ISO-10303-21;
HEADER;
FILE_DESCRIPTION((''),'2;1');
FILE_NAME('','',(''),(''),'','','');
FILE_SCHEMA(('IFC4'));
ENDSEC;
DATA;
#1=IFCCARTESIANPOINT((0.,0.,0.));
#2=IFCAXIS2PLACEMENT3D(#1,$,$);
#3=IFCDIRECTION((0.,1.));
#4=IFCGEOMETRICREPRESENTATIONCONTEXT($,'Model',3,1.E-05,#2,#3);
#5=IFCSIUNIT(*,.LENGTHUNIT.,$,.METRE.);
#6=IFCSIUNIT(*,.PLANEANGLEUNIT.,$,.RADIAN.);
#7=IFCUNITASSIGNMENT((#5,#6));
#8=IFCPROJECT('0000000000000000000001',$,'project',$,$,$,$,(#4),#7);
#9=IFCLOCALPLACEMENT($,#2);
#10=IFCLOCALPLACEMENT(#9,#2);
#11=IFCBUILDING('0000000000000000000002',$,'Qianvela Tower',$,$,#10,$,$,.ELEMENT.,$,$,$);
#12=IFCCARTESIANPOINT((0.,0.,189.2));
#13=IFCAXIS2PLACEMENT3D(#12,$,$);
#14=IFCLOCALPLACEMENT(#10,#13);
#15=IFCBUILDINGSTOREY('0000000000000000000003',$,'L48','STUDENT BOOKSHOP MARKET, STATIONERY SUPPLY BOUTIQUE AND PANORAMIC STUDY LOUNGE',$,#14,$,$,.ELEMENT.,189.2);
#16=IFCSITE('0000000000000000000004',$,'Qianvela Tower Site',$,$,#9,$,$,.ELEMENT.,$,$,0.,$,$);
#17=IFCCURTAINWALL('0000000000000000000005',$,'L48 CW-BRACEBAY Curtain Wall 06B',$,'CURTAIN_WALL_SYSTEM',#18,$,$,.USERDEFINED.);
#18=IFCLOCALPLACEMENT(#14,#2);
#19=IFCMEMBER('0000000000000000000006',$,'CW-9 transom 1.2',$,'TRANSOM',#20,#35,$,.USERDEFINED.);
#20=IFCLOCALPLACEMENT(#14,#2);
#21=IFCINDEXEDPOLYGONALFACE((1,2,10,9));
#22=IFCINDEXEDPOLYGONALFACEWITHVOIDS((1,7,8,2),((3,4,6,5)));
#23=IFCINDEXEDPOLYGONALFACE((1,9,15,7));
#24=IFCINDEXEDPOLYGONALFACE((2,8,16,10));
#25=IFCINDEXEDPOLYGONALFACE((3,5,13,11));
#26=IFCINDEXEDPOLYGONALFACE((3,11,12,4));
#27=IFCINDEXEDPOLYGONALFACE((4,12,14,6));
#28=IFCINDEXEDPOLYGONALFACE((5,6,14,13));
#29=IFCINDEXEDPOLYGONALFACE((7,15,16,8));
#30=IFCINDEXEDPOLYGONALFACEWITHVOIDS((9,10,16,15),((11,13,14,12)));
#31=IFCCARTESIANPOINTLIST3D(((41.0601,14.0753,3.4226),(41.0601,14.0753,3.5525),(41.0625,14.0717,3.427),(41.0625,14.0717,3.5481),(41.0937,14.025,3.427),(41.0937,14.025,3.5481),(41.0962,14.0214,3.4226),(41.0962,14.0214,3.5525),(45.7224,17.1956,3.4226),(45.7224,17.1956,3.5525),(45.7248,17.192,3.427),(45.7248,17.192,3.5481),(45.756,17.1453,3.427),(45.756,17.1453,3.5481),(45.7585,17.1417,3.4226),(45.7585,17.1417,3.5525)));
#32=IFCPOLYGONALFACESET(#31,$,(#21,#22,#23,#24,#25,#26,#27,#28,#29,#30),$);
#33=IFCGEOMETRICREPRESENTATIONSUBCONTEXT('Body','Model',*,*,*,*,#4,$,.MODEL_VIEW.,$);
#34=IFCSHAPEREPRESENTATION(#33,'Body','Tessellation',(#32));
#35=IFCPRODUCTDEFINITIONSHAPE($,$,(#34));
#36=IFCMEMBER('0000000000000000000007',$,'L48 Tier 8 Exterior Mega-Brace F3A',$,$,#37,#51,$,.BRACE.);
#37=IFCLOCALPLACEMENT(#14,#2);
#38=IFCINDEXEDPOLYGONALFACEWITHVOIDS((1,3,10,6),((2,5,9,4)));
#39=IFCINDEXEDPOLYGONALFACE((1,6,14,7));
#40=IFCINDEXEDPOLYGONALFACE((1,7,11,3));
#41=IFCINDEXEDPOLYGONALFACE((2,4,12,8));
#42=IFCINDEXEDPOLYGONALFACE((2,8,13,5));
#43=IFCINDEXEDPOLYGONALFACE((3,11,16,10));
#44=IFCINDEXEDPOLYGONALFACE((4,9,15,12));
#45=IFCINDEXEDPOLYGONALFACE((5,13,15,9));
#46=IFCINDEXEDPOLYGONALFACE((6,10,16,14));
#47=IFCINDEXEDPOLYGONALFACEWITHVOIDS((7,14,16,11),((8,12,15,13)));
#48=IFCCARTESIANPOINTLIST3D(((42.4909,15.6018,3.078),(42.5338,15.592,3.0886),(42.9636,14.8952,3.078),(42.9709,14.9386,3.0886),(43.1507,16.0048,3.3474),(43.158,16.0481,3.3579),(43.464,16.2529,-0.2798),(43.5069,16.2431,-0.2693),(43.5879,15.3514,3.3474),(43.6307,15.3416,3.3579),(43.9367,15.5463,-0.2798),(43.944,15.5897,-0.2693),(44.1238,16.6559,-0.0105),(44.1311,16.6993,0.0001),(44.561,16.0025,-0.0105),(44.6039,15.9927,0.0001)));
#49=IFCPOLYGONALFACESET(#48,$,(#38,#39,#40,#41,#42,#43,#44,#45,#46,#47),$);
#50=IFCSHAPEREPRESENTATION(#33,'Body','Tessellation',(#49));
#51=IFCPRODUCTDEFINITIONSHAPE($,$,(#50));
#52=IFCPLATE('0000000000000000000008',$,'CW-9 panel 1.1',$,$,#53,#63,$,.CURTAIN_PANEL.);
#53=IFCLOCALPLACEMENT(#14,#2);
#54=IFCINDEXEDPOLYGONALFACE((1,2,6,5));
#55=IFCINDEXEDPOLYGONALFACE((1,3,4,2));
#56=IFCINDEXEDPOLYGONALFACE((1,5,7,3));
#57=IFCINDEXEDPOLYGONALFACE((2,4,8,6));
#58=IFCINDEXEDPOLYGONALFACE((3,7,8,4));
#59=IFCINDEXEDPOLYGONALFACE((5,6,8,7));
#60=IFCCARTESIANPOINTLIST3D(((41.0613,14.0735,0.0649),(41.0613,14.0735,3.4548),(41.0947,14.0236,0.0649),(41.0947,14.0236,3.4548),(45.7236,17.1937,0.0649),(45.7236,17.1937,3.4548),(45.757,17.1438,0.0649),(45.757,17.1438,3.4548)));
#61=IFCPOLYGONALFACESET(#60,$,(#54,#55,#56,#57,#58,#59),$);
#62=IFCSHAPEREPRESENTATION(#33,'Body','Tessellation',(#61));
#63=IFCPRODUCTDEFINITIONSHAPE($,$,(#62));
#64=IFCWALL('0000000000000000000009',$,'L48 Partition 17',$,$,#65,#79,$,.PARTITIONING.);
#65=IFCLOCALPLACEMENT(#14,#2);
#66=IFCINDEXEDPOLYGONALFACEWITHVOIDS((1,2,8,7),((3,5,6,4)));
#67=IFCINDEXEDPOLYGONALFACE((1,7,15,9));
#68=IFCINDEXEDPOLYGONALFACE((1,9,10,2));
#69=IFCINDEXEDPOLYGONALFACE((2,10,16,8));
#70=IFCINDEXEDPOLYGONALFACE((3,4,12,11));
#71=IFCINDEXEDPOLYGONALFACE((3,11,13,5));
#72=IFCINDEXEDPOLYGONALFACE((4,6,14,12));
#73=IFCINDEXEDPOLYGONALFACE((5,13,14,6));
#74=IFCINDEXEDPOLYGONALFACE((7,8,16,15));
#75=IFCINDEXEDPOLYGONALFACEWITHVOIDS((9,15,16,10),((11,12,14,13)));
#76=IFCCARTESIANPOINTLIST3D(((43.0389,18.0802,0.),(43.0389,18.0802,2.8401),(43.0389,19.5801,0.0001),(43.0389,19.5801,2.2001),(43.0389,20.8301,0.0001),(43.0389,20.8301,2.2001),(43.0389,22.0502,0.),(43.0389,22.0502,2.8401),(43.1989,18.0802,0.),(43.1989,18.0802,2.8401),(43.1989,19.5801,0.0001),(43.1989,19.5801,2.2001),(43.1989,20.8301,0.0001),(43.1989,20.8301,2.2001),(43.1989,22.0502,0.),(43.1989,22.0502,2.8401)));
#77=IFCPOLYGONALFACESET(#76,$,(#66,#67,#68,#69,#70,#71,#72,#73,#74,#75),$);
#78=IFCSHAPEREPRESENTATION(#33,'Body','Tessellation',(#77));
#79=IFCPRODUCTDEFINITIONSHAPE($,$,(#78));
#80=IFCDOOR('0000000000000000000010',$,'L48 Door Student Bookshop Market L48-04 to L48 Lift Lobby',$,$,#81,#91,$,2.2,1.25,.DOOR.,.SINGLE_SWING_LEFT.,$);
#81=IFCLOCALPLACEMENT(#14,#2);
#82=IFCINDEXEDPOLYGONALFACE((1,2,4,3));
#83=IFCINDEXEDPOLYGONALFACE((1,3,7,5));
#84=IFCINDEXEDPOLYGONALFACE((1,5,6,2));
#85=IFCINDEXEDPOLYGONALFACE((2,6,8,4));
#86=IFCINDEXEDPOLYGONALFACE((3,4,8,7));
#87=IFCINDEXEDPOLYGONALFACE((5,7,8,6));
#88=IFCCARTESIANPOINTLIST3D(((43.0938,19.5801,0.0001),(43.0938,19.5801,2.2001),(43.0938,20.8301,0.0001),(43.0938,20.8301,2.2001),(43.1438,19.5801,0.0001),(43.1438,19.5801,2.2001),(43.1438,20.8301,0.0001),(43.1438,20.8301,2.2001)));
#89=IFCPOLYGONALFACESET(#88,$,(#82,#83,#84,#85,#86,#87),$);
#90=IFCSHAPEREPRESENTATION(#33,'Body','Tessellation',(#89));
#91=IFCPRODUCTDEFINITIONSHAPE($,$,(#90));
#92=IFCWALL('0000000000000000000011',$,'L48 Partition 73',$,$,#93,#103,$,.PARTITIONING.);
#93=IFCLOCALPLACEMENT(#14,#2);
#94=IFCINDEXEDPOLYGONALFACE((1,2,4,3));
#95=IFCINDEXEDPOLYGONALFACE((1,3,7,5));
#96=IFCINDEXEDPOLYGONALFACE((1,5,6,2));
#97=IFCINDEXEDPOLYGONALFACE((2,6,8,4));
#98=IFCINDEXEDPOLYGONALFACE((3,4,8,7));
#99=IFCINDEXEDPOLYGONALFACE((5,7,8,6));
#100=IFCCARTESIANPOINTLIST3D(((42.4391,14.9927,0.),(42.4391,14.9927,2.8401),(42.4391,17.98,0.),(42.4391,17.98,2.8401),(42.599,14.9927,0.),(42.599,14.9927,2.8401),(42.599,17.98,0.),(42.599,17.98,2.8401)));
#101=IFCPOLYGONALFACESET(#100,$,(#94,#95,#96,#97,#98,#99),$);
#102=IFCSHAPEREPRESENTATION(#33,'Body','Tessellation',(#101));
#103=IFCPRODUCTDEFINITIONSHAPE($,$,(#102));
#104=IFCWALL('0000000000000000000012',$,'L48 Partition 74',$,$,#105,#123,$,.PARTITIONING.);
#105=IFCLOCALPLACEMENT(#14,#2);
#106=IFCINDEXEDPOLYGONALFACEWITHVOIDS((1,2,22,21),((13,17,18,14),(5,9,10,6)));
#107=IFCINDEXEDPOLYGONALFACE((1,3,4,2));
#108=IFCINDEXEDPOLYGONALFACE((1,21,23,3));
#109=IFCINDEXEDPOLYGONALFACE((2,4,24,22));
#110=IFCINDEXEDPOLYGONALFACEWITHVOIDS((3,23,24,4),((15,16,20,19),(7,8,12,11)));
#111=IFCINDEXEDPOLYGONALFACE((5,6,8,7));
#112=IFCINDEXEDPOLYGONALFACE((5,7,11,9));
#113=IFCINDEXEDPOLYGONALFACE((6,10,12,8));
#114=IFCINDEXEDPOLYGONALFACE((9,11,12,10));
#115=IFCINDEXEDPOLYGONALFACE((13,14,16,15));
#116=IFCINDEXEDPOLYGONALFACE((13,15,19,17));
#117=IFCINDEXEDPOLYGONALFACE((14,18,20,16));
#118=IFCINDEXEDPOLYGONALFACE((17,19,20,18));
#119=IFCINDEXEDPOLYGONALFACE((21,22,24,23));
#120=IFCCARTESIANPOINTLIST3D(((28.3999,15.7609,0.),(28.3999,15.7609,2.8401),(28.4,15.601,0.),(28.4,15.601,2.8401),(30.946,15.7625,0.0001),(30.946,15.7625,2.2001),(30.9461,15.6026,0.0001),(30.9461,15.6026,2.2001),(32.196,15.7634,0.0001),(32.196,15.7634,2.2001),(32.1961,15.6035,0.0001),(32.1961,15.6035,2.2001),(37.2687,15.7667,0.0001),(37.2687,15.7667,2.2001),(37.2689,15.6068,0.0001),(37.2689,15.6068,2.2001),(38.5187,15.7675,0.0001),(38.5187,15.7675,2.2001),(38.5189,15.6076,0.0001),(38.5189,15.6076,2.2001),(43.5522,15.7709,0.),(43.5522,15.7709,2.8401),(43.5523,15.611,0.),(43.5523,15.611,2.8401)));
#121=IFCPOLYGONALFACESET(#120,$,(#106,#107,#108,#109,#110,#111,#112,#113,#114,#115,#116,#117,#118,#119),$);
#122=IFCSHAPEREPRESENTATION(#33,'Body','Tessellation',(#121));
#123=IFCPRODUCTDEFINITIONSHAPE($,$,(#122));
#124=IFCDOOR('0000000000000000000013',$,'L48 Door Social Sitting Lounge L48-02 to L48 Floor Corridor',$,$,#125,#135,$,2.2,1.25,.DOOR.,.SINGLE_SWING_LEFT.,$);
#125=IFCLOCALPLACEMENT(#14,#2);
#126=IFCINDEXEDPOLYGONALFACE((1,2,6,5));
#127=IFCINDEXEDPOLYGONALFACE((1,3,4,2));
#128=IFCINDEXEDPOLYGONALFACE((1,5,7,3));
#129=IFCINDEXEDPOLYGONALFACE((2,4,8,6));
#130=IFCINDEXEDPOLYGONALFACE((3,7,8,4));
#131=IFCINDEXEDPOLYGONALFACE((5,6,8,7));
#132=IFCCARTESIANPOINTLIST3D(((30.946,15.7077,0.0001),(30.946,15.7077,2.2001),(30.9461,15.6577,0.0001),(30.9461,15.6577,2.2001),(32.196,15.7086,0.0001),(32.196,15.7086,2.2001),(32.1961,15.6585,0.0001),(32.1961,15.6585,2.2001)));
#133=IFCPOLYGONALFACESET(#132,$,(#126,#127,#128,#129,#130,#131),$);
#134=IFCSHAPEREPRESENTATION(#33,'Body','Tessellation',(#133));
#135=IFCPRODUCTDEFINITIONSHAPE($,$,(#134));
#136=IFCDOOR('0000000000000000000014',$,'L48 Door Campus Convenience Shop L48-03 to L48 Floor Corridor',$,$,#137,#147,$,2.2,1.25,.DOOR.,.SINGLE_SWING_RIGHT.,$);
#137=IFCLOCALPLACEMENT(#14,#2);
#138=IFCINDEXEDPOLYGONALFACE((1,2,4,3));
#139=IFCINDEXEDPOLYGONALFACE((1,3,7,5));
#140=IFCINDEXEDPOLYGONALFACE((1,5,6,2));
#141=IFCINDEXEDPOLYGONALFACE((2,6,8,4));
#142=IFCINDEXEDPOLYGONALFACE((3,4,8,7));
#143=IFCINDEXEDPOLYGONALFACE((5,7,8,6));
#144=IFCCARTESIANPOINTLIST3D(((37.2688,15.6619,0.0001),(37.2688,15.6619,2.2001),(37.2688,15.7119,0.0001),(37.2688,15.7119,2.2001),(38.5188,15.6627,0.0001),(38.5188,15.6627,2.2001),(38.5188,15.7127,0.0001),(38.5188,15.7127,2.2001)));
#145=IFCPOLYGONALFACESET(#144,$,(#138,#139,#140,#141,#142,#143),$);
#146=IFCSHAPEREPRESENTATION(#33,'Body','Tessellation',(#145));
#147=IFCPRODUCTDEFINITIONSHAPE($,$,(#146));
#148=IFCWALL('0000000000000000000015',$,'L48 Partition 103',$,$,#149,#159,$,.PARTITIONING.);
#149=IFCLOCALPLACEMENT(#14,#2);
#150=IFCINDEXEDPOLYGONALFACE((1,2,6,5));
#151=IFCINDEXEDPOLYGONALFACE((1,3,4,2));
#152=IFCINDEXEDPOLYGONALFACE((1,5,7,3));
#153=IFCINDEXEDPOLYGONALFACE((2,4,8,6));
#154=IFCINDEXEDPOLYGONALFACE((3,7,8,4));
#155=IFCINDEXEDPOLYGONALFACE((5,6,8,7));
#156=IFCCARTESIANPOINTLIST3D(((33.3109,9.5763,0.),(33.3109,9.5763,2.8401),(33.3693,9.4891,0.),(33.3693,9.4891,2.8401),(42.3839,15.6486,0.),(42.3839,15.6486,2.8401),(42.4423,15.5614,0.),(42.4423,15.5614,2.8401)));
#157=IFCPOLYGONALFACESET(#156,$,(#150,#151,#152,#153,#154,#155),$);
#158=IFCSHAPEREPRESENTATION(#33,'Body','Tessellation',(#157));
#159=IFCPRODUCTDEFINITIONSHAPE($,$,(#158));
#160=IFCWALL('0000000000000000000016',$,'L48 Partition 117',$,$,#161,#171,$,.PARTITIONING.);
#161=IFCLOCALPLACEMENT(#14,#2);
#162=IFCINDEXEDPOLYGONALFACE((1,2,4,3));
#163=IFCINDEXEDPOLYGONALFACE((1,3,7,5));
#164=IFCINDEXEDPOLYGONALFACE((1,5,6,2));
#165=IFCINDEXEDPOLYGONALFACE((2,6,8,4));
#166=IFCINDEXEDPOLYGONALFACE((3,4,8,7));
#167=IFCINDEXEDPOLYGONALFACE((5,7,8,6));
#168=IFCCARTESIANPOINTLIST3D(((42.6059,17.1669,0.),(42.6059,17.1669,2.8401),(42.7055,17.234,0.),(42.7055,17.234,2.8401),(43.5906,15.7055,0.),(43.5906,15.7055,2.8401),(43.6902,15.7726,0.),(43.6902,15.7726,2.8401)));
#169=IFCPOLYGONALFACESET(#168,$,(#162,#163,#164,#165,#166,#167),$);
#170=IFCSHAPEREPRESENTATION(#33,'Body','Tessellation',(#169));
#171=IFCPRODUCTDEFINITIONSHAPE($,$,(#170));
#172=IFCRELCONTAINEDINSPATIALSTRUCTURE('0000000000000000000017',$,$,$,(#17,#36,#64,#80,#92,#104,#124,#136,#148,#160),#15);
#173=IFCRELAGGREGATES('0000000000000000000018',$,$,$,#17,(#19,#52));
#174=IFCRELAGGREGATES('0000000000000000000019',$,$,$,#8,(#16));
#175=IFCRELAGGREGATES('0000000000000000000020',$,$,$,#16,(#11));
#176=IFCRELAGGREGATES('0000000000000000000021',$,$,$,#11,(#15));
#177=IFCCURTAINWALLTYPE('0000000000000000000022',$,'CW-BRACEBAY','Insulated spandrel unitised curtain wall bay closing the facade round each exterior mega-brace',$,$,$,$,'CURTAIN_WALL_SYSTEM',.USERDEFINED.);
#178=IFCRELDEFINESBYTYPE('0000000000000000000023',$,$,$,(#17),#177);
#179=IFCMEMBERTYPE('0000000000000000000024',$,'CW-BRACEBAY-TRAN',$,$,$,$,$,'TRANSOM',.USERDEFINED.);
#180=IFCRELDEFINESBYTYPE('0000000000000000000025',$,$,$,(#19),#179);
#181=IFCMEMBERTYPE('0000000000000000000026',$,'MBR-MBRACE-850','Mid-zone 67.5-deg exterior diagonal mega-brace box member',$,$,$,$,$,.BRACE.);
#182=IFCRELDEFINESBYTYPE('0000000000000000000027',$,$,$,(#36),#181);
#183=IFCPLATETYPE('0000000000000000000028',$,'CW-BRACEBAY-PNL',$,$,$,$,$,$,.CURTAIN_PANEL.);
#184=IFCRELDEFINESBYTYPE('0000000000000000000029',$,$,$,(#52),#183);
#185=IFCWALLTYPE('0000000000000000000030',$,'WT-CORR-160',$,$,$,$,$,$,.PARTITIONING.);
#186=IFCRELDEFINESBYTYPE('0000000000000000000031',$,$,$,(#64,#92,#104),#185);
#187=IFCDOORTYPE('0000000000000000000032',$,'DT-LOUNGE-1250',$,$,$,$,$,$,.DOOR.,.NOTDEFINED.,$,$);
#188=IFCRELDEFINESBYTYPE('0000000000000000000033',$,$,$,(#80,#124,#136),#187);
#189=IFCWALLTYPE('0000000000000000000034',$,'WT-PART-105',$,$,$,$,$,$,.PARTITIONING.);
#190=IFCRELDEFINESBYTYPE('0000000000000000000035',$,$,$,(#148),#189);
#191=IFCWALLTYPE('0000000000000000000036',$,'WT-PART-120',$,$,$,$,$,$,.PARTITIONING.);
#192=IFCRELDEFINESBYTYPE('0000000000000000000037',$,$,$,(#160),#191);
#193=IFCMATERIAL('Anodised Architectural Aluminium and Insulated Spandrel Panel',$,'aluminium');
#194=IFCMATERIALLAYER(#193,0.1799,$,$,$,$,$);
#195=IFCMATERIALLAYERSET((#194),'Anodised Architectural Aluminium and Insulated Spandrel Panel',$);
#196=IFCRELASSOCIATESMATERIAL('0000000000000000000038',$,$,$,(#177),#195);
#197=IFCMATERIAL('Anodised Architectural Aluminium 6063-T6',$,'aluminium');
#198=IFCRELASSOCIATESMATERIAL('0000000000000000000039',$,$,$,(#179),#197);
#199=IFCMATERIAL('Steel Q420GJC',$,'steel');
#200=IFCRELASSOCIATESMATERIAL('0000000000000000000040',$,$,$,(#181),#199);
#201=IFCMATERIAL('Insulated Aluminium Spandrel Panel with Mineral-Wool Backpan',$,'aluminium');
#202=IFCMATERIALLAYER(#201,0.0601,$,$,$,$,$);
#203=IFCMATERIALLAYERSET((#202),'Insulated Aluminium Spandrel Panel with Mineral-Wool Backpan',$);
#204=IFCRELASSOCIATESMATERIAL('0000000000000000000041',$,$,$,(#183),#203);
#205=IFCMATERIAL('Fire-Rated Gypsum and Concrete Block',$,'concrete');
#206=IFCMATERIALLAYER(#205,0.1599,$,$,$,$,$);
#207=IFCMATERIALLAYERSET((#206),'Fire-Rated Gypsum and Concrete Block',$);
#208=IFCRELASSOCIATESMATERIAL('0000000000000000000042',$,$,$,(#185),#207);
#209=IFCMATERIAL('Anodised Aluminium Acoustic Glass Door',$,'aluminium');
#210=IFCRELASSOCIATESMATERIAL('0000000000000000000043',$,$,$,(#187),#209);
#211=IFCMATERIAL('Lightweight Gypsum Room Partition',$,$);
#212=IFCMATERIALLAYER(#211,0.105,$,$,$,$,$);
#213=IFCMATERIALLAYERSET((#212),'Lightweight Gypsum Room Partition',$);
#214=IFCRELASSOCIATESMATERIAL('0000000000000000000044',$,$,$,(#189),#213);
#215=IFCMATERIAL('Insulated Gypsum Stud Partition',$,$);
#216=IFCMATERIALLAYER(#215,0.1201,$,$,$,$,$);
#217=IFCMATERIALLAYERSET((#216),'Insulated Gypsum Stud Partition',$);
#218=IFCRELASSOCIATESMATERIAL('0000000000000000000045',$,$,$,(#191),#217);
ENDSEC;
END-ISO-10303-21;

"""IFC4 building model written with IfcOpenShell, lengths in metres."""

from ifc_helpers import new_model, si_unit, direction, frame, frame_2d, origin, origin_2d, place, context, subcontext, project, spatial, rectangle, hollow_rectangle, extrude, material, layer, layer_set, material_profile, profile_set, type_object, element, fill, aggregate, save


model = new_model("IFC4")

# Units and contexts
model_context = context("Model", 3, precision=1e-05, world=origin(), true_north=direction((0.0, 1.0)))
body_context = subcontext(model_context, "Body", "Model", "MODEL_VIEW")
ifc_project = project(units=[si_unit("LENGTHUNIT", "METRE"), si_unit("PLANEANGLEUNIT", "RADIAN")], contexts=[model_context])

# Site, building, storey
site_placement = place(None, origin())
site = spatial("IfcSite", under=ifc_project, at=site_placement, Name="Qianvela Tower Site", CompositionType="ELEMENT", RefElevation=0.0)
building_placement = place(site_placement, origin())
building = spatial("IfcBuilding", under=site, at=building_placement, Name="Qianvela Tower", CompositionType="ELEMENT")
storey_placement = place(building_placement, frame((0.0, 0.0, 189.2)))
storey = spatial("IfcBuildingStorey", under=building, at=storey_placement, Name="L48", Description="STUDENT BOOKSHOP MARKET, STATIONERY SUPPLY BOUTIQUE AND PANORAMIC STUDY LOUNGE", CompositionType="ELEMENT", Elevation=189.2)

# Curtain wall, member
ifc_material_1 = material(Name="Anodised Architectural Aluminium and Insulated Spandrel Panel", Category="aluminium")
ifc_layer_1 = layer(ifc_material_1, 0.1799)
ifc_layer_set_1 = layer_set([ifc_layer_1], Name="Anodised Architectural Aluminium and Insulated Spandrel Panel")
curtain_wall_type = type_object("IfcCurtainWallType", Name="CW-BRACEBAY", Description="Insulated spandrel unitised curtain wall bay closing the facade round each exterior mega-brace", ElementType="CURTAIN_WALL_SYSTEM", PredefinedType="USERDEFINED", material=ifc_layer_set_1)
curtain_wall_placement = place(storey_placement, origin())
curtain_wall = element("IfcCurtainWall", 1, at=curtain_wall_placement, inside=storey, type_object=curtain_wall_type, Name="L48 CW-BRACEBAY Curtain Wall 06B", ObjectType="CURTAIN_WALL_SYSTEM", PredefinedType="USERDEFINED")
ifc_material_2 = material(Name="Anodised Architectural Aluminium 6063-T6", Category="aluminium")
ifc_material_profile_1 = material_profile(ifc_material_2, hollow_rectangle(XDim=0.0649, YDim=0.1299, WallThickness=0.0044, at=origin_2d()), Name="ALU-TRAN-65x130")
ifc_profile_set_1 = profile_set([ifc_material_profile_1], Name="Anodised Architectural Aluminium 6063-T6")
member_type_1 = type_object("IfcMemberType", Name="CW-BRACEBAY-TRAN", ElementType="TRANSOM", PredefinedType="USERDEFINED", material=ifc_profile_set_1)
member_1_placement = place(storey_placement, frame((41.0781, 14.0483, 3.4875), z_axis=(0.831051, 0.556196, 0.0), x_axis=(-0.556196, 0.831051, 0.0)))
member_1 = element("IfcMember", 2, at=member_1_placement, type_object=member_type_1, Name="CW-9 transom 1.2", ObjectType="TRANSOM", PredefinedType="USERDEFINED", context=body_context, shape_type="SweptSolid", body=[
    extrude(hollow_rectangle(XDim=0.0649, YDim=0.1299, WallThickness=0.0044, at=origin_2d()), origin(), (0.0, 0.0, 1.0), 5.6101),
])

# Member
ifc_material_3 = material(Name="Steel Q420GJC", Category="steel")
ifc_material_profile_2 = material_profile(ifc_material_3, hollow_rectangle(XDim=0.8501, YDim=0.8501, WallThickness=0.032, at=origin_2d()), Name="MBOX-850x850x32")
ifc_profile_set_2 = profile_set([ifc_material_profile_2], Name="Steel Q420GJC")
member_type_2 = type_object("IfcMemberType", Name="MBR-MBRACE-850", Description="Mid-zone 67.5-deg exterior diagonal mega-brace box member", PredefinedType="BRACE", material=ifc_profile_set_2)
member_2_placement = place(storey_placement, frame((44.0339, 16.1228, -0.1399), z_axis=(-0.273648, -0.183095, 0.944242), x_axis=(0.556095, -0.831119, 0.0)))
element("IfcMember", 3, at=member_2_placement, inside=storey, type_object=member_type_2, Name="L48 Tier 8 Exterior Mega-Brace F3A", PredefinedType="BRACE", context=body_context, shape_type="SweptSolid", body=[
    extrude(hollow_rectangle(XDim=0.8501, YDim=0.8501, WallThickness=0.032, at=origin_2d()), origin(), (0.0, 0.0, 1.0), 3.5562),
])

# Plate
ifc_material_4 = material(Name="Insulated Aluminium Spandrel Panel with Mineral-Wool Backpan", Category="aluminium")
ifc_layer_2 = layer(ifc_material_4, 0.0601)
ifc_layer_set_2 = layer_set([ifc_layer_2], Name="Insulated Aluminium Spandrel Panel with Mineral-Wool Backpan")
plate_type = type_object("IfcPlateType", Name="CW-BRACEBAY-PNL", PredefinedType="CURTAIN_PANEL", material=ifc_layer_set_2)
plate_placement = place(storey_placement, frame((43.4092, 15.6086, 0.0649), z_axis=(0.0, 0.0, 1.0), x_axis=(0.83106, 0.556183, 0.0)))
plate = element("IfcPlate", 4, at=plate_placement, type_object=plate_type, Name="CW-9 panel 1.1", PredefinedType="CURTAIN_PANEL", context=body_context, shape_type="SweptSolid", body=[
    extrude(rectangle(XDim=5.6101, YDim=0.0601, at=origin_2d()), origin(), (0.0, 0.0, 1.0), 3.3899),
])
aggregate(curtain_wall, [member_1, plate])

# Wall, opening, door
ifc_material_5 = material(Name="Fire-Rated Gypsum and Concrete Block", Category="concrete")
ifc_layer_3 = layer(ifc_material_5, 0.1599)
ifc_layer_set_3 = layer_set([ifc_layer_3], Name="Fire-Rated Gypsum and Concrete Block")
wall_type_1 = type_object("IfcWallType", Name="WT-CORR-160", PredefinedType="PARTITIONING", material=ifc_layer_set_3)
wall_1_placement = place(storey_placement, frame((43.1189, 22.05, 0.0), z_axis=(0.0, 0.0, 1.0), x_axis=(0.0, -1.0, 0.0)))
wall_1 = element("IfcWall", 5, at=wall_1_placement, inside=storey, type_object=wall_type_1, Name="L48 Partition 17", PredefinedType="PARTITIONING", context=body_context, shape_type="SweptSolid", body=[
    extrude(rectangle(XDim=3.97, YDim=0.1599, at=frame_2d((1.9849, 0.0))), origin(), (0.0, 0.0, 1.0), 2.8401),
])
opening_1_placement = place(wall_1_placement, frame((1.22, 0.0, 0.0)))
opening_1 = element("IfcOpeningElement", 6, at=opening_1_placement, cuts=wall_1, PredefinedType="OPENING", context=body_context, shape_type="SweptSolid", body=[
    extrude(rectangle(XDim=1.25, YDim=2.2, at=frame_2d((0.625, 1.1001))), frame((0.0, 0.0898, 0.0), z_axis=(0.0, -1.0, 0.0), x_axis=(1.0, 0.0, 0.0)), (0.0, 0.0, 1.0), 0.1799),
])
ifc_material_6 = material(Name="Anodised Aluminium Acoustic Glass Door", Category="aluminium")
door_type_1 = type_object("IfcDoorType", Name="DT-LOUNGE-1250", OperationType="NOTDEFINED", PredefinedType="DOOR", material=ifc_material_6)
door_1_placement = place(opening_1_placement, origin())
door_1 = element("IfcDoor", 7, at=door_1_placement, inside=storey, type_object=door_type_1, Name="L48 Door Student Bookshop Market L48-04 to L48 Lift Lobby", OperationType="SINGLE_SWING_LEFT", OverallHeight=2.2, OverallWidth=1.25, PredefinedType="DOOR", context=body_context, shape_type="SweptSolid", body=[
    extrude(rectangle(XDim=1.25, YDim=2.2, at=frame_2d((0.625, 1.1001))), frame((0.0, 0.0249, 0.0), z_axis=(0.0, -1.0, 0.0), x_axis=(1.0, 0.0, 0.0)), (0.0, 0.0, 1.0), 0.05),
])
fill(opening_1, door_1)

# Wall
wall_2_placement = place(storey_placement, frame((42.519, 17.98, 0.0), z_axis=(0.0, 0.0, 1.0), x_axis=(0.0, -1.0, 0.0)))
element("IfcWall", 8, at=wall_2_placement, inside=storey, type_object=wall_type_1, Name="L48 Partition 73", PredefinedType="PARTITIONING", context=body_context, shape_type="SweptSolid", body=[
    extrude(rectangle(XDim=2.9873, YDim=0.1599, at=frame_2d((1.4937, 0.0))), origin(), (0.0, 0.0, 1.0), 2.8401),
])

# Wall, openings, doors
wall_3_placement = place(storey_placement, frame((43.5522, 15.6909, 0.0), z_axis=(0.0, 0.0, 1.0), x_axis=(-1.0, -0.000661, 0.0)))
wall_3 = element("IfcWall", 9, at=wall_3_placement, inside=storey, type_object=wall_type_1, Name="L48 Partition 74", PredefinedType="PARTITIONING", context=body_context, shape_type="SweptSolid", body=[
    extrude(rectangle(XDim=15.1523, YDim=0.1599, at=frame_2d((7.5762, 0.0))), origin(), (0.0, 0.0, 1.0), 2.8401),
])
opening_2_placement = place(wall_3_placement, frame((11.3562, 0.0, 0.0)))
opening_2 = element("IfcOpeningElement", 10, at=opening_2_placement, cuts=wall_3, PredefinedType="OPENING", context=body_context, shape_type="SweptSolid", body=[
    extrude(rectangle(XDim=1.25, YDim=2.2, at=frame_2d((0.625, 1.1001))), frame((0.0, 0.0898, 0.0), z_axis=(0.0, -1.0, 0.0), x_axis=(1.0, 0.0, 0.0)), (0.0, 0.0, 1.0), 0.1799),
])
opening_3_placement = place(wall_3_placement, frame((5.0334, 0.0, 0.0)))
opening_3 = element("IfcOpeningElement", 11, at=opening_3_placement, cuts=wall_3, PredefinedType="OPENING", context=body_context, shape_type="SweptSolid", body=[
    extrude(rectangle(XDim=1.25, YDim=2.2, at=frame_2d((0.625, 1.1001))), frame((0.0, 0.0898, 0.0), z_axis=(0.0, -1.0, 0.0), x_axis=(1.0, 0.0, 0.0)), (0.0, 0.0, 1.0), 0.1799),
])
door_2_placement = place(opening_2_placement, origin())
door_2 = element("IfcDoor", 12, at=door_2_placement, inside=storey, type_object=door_type_1, Name="L48 Door Social Sitting Lounge L48-02 to L48 Floor Corridor", OperationType="SINGLE_SWING_LEFT", OverallHeight=2.2, OverallWidth=1.25, PredefinedType="DOOR", context=body_context, shape_type="SweptSolid", body=[
    extrude(rectangle(XDim=1.25, YDim=2.2, at=frame_2d((0.625, 1.1001))), frame((0.0, 0.0249, 0.0), z_axis=(0.0, -1.0, 0.0), x_axis=(1.0, 0.0, 0.0)), (0.0, 0.0, 1.0), 0.05),
])
fill(opening_2, door_2)
door_3_placement = place(opening_3_placement, origin())
door_3 = element("IfcDoor", 13, at=door_3_placement, inside=storey, type_object=door_type_1, Name="L48 Door Campus Convenience Shop L48-03 to L48 Floor Corridor", OperationType="SINGLE_SWING_RIGHT", OverallHeight=2.2, OverallWidth=1.25, PredefinedType="DOOR", context=body_context, shape_type="SweptSolid", body=[
    extrude(rectangle(XDim=1.25, YDim=2.2, at=frame_2d((0.625, 1.1001))), frame((0.0, 0.0249, 0.0), z_axis=(0.0, -1.0, 0.0), x_axis=(1.0, 0.0, 0.0)), (0.0, 0.0, 1.0), 0.05),
])
fill(opening_3, door_3)

# Walls
ifc_material_7 = material(Name="Lightweight Gypsum Room Partition")
ifc_layer_4 = layer(ifc_material_7, 0.105)
ifc_layer_set_4 = layer_set([ifc_layer_4], Name="Lightweight Gypsum Room Partition")
wall_type_2 = type_object("IfcWallType", Name="WT-PART-105", PredefinedType="PARTITIONING", material=ifc_layer_set_4)
wall_4_placement = place(storey_placement, frame((42.4131, 15.605, 0.0), z_axis=(0.0, 0.0, 1.0), x_axis=(-0.831051, -0.556196, 0.0)))
element("IfcWall", 14, at=wall_4_placement, inside=storey, type_object=wall_type_2, Name="L48 Partition 103", PredefinedType="PARTITIONING", context=body_context, shape_type="SweptSolid", body=[
    extrude(rectangle(XDim=10.9175, YDim=0.105, at=frame_2d((5.4587, 0.0))), origin(), (0.0, 0.0, 1.0), 2.8401),
])
ifc_material_8 = material(Name="Insulated Gypsum Stud Partition")
ifc_layer_5 = layer(ifc_material_8, 0.1201)
ifc_layer_set_5 = layer_set([ifc_layer_5], Name="Insulated Gypsum Stud Partition")
wall_type_3 = type_object("IfcWallType", Name="WT-PART-120", PredefinedType="PARTITIONING", material=ifc_layer_set_5)
wall_5_placement = place(storey_placement, frame((43.6404, 15.739, 0.0), z_axis=(0.0, 0.0, 1.0), x_axis=(-0.558754, 0.829333, 0.0)))
element("IfcWall", 15, at=wall_5_placement, inside=storey, type_object=wall_type_3, Name="L48 Partition 117", PredefinedType="PARTITIONING", context=body_context, shape_type="SweptSolid", body=[
    extrude(rectangle(XDim=1.7622, YDim=0.1201, at=frame_2d((0.8811, 0.0))), origin(), (0.0, 0.0, 1.0), 2.8401),
])

save(model, "model.ifc")
